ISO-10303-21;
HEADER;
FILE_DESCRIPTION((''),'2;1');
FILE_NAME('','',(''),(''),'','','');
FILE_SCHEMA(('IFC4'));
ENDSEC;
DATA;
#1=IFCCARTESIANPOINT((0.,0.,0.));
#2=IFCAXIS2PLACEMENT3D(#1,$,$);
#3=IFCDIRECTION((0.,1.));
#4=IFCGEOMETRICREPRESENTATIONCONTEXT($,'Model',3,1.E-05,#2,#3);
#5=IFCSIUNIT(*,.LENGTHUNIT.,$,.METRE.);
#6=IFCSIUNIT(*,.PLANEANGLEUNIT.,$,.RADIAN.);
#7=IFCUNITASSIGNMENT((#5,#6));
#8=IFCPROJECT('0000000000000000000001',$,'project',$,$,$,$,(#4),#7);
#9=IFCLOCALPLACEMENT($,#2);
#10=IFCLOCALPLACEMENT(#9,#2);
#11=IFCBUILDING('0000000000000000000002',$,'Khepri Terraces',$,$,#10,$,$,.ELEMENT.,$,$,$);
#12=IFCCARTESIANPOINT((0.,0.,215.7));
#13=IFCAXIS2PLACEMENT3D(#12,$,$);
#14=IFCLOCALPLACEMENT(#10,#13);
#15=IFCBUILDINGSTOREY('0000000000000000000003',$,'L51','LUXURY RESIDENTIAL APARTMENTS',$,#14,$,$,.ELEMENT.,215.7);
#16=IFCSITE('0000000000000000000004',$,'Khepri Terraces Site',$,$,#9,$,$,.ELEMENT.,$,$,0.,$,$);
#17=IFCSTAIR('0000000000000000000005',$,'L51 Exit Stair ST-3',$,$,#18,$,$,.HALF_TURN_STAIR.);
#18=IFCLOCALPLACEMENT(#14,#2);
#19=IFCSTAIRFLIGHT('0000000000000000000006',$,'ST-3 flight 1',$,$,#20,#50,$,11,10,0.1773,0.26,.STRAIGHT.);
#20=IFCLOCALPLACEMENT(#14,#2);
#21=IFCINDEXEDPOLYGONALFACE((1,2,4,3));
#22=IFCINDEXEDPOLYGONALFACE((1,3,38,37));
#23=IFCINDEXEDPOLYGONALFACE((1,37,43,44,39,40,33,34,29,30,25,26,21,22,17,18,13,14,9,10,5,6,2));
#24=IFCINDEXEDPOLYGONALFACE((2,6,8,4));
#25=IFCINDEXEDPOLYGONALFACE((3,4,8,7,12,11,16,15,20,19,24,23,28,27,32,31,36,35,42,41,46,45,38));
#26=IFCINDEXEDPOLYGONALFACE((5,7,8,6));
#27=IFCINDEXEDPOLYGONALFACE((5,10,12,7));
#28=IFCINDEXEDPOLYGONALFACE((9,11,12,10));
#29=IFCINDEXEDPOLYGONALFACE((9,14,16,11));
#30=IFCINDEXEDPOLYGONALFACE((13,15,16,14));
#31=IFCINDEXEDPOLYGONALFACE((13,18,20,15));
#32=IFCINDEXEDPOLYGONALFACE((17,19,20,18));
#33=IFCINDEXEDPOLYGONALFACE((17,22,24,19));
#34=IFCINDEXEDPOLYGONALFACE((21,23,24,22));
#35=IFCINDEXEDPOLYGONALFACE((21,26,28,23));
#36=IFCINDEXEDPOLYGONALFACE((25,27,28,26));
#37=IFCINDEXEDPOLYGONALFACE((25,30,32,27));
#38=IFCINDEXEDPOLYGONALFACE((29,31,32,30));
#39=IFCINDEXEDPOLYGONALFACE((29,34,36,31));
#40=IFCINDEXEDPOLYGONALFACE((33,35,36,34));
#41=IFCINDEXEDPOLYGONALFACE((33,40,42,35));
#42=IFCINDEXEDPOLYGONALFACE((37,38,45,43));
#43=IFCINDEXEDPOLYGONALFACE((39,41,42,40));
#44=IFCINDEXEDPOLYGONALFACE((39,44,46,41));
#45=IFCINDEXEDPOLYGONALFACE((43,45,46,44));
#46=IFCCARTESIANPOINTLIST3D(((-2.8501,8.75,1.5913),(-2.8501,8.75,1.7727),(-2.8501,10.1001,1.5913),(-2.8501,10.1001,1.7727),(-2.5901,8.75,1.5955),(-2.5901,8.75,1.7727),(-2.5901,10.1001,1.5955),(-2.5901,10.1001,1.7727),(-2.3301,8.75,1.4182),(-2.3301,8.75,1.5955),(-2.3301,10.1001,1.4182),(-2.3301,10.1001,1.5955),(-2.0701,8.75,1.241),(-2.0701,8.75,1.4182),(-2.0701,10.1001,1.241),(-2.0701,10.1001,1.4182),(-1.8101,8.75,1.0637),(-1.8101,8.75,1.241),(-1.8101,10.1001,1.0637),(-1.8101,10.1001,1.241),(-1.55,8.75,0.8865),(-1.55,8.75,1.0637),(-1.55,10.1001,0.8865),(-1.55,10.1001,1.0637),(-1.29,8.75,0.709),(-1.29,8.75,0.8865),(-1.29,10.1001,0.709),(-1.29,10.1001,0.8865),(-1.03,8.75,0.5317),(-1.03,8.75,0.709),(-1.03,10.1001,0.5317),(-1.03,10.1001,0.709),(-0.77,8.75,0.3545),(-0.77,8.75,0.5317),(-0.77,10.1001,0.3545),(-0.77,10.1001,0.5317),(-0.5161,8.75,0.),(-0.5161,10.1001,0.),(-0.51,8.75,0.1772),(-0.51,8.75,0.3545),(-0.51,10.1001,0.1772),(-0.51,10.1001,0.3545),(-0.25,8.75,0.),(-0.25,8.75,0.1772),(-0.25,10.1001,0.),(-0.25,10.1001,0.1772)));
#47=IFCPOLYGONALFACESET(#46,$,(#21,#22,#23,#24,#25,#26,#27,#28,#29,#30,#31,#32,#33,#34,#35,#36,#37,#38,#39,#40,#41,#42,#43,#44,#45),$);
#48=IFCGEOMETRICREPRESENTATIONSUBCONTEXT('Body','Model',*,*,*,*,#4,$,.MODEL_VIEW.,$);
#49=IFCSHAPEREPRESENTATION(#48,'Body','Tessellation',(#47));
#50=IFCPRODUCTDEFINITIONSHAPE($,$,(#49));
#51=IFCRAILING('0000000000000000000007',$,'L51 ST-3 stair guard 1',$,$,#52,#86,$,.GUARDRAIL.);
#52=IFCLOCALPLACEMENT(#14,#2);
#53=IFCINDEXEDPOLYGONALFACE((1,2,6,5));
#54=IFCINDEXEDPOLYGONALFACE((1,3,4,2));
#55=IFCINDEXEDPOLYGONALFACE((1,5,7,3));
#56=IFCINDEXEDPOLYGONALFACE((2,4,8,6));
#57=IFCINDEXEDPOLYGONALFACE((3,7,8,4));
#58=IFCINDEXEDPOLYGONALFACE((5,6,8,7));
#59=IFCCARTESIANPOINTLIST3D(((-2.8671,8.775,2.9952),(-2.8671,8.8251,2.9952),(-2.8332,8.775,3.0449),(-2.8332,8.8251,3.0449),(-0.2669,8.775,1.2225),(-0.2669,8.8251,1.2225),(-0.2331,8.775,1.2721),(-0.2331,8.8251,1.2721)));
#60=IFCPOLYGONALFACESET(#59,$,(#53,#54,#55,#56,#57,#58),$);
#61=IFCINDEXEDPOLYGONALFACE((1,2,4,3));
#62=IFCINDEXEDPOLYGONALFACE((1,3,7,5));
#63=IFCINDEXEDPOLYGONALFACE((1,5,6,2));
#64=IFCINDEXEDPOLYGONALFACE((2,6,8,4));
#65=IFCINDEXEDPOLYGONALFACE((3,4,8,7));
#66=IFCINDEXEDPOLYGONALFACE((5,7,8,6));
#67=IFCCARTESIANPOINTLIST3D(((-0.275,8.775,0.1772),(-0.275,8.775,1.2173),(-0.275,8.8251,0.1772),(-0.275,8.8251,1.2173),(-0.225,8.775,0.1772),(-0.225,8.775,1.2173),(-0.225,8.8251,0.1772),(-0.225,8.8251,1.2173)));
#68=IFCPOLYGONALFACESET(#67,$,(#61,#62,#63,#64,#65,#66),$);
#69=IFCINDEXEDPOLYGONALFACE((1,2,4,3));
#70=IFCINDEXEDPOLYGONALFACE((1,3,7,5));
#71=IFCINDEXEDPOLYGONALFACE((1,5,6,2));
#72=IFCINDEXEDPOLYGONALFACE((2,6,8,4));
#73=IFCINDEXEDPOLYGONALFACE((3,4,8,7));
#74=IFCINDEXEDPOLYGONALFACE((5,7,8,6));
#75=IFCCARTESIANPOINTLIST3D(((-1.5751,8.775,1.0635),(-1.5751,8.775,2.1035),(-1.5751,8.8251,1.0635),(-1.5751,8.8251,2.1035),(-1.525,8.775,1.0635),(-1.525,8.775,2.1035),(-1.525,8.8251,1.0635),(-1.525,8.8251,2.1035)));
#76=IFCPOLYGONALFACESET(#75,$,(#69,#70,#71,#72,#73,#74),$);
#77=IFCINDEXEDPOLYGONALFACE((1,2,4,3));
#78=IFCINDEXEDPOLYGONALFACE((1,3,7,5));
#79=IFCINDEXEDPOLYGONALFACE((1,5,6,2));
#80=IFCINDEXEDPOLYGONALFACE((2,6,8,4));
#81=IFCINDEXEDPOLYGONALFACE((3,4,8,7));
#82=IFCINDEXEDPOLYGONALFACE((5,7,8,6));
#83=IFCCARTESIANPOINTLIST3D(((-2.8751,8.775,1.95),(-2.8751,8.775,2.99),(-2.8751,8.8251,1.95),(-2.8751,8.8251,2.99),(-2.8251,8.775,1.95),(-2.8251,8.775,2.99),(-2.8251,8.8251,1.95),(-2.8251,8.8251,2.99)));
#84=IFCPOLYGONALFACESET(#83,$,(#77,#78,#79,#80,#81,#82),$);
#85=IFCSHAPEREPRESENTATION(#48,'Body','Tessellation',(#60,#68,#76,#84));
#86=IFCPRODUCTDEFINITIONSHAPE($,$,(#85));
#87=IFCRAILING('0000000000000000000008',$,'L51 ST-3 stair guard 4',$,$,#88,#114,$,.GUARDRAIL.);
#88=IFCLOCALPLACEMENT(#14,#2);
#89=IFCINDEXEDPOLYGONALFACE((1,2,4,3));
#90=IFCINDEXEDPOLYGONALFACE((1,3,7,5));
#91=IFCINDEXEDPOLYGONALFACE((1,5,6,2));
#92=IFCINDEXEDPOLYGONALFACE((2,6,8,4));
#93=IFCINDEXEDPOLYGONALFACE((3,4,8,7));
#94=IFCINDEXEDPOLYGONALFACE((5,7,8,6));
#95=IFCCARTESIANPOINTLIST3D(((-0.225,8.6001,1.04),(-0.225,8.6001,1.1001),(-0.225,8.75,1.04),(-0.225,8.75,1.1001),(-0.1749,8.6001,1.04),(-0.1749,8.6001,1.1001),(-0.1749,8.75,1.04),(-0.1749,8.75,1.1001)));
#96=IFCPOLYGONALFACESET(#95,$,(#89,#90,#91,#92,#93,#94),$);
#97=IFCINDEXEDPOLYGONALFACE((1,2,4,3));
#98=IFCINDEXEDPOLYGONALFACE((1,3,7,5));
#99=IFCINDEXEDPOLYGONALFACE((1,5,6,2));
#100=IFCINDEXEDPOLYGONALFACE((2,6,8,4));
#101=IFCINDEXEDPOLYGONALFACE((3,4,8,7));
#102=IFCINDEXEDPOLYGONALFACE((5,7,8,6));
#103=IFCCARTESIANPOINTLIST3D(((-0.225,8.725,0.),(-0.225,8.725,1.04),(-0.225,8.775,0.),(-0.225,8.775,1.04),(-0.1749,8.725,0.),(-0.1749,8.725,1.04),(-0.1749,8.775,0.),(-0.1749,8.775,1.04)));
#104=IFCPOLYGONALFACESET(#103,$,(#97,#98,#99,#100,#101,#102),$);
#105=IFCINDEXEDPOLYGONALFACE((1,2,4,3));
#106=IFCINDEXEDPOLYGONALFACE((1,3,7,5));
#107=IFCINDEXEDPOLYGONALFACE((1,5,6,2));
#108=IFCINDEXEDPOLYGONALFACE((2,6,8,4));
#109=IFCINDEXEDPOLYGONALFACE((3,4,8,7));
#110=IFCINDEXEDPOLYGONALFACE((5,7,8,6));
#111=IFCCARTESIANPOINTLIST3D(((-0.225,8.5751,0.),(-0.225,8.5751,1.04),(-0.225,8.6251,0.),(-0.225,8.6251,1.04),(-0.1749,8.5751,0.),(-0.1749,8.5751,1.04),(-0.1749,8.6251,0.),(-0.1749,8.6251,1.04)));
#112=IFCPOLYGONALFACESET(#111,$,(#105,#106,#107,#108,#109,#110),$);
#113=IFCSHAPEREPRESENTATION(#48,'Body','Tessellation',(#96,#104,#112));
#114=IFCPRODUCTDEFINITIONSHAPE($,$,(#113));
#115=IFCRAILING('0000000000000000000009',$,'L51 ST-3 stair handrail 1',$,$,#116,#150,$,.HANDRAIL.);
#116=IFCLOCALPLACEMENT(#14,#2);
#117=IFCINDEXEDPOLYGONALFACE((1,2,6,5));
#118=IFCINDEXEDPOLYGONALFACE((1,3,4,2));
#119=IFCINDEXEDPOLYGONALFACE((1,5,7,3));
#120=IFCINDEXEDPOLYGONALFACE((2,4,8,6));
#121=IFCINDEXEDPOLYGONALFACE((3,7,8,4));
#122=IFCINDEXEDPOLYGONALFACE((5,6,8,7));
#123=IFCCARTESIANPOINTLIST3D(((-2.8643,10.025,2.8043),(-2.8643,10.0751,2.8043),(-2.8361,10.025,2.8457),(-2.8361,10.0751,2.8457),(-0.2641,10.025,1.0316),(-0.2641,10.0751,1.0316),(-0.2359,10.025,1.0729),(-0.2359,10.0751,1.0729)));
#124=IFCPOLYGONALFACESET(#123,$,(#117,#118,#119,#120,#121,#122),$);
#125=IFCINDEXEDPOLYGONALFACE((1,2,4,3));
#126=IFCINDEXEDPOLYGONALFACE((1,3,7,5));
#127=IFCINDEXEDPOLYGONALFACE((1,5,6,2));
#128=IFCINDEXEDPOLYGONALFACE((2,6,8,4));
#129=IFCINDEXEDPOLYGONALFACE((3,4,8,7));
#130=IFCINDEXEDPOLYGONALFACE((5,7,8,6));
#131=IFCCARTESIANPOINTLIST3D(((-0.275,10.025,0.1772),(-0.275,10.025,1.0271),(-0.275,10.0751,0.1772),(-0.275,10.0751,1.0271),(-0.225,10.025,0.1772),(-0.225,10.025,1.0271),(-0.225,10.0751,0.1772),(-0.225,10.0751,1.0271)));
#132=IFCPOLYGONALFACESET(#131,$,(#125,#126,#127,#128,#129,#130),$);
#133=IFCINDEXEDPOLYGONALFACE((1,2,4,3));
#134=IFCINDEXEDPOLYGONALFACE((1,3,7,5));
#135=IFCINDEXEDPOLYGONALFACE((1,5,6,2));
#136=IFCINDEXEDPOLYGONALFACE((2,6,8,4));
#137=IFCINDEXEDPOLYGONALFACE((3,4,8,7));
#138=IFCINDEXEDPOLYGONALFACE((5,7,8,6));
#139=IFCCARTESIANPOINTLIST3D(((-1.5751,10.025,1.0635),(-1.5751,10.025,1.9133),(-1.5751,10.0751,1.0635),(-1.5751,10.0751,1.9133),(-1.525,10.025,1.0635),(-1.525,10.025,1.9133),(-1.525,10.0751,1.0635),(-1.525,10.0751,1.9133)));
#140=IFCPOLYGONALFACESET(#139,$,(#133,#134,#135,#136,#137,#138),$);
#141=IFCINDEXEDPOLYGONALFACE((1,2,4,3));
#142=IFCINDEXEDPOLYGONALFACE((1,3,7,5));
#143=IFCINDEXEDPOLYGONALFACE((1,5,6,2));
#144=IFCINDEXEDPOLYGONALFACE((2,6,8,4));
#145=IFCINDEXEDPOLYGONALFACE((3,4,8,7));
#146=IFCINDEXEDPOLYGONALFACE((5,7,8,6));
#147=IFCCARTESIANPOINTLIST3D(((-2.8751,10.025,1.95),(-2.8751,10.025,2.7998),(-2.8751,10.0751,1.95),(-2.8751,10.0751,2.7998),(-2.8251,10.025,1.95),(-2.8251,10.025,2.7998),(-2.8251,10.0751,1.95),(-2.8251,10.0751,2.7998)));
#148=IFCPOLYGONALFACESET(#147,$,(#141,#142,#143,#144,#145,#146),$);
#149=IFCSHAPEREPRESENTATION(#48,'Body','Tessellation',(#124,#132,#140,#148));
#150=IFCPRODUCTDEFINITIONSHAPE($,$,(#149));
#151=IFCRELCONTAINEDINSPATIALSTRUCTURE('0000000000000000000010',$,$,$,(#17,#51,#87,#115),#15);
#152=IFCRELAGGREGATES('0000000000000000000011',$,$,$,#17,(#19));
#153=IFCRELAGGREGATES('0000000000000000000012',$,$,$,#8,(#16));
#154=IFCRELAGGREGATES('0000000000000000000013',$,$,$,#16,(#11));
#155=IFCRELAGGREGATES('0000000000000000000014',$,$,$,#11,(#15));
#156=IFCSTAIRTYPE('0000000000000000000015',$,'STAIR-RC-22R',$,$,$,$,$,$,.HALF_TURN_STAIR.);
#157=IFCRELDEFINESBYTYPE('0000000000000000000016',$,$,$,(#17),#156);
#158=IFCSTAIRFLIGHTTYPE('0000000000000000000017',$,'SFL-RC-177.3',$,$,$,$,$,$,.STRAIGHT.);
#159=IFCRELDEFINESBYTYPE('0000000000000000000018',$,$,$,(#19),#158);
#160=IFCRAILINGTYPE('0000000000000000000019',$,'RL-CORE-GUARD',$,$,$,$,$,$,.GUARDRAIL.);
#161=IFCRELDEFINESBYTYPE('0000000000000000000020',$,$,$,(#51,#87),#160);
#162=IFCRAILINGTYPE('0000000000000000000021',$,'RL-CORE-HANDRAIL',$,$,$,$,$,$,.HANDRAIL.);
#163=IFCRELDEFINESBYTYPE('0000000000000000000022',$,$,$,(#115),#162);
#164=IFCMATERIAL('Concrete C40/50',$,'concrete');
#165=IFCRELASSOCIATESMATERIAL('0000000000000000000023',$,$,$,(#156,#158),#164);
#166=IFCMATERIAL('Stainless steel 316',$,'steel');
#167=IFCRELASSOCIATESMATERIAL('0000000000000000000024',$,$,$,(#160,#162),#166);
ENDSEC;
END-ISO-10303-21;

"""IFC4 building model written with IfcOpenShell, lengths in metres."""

from ifc_helpers import new_model, si_unit, direction, frame, origin, origin_2d, place, context, subcontext, project, spatial, polyline, rectangle, outline, extrude, material, type_object, element, aggregate, save


model = new_model("IFC4")

# Units and contexts
model_context = context("Model", 3, precision=1e-05, world=origin(), true_north=direction((0.0, 1.0)))
body_context = subcontext(model_context, "Body", "Model", "MODEL_VIEW")
ifc_project = project(units=[si_unit("LENGTHUNIT", "METRE"), si_unit("PLANEANGLEUNIT", "RADIAN")], contexts=[model_context])

# Site, building, storey
site_placement = place(None, origin())
site = spatial("IfcSite", under=ifc_project, at=site_placement, Name="Khepri Terraces Site", CompositionType="ELEMENT", RefElevation=0.0)
building_placement = place(site_placement, origin())
building = spatial("IfcBuilding", under=site, at=building_placement, Name="Khepri Terraces", CompositionType="ELEMENT")
storey_placement = place(building_placement, frame((0.0, 0.0, 215.7)))
storey = spatial("IfcBuildingStorey", under=building, at=storey_placement, Name="L51", Description="LUXURY RESIDENTIAL APARTMENTS", CompositionType="ELEMENT", Elevation=215.7)

# Stair, stair flight
ifc_material_1 = material(Name="Concrete C40/50", Category="concrete")
stair_type = type_object("IfcStairType", Name="STAIR-RC-22R", PredefinedType="HALF_TURN_STAIR", material=ifc_material_1)
stair_placement = place(storey_placement, origin())
stair = element("IfcStair", 1, at=stair_placement, inside=storey, type_object=stair_type, Name="L51 Exit Stair ST-3", PredefinedType="HALF_TURN_STAIR")
stair_flight_type = type_object("IfcStairFlightType", Name="SFL-RC-177.3", PredefinedType="STRAIGHT", material=ifc_material_1)
stair_flight_placement = place(storey_placement, frame((-0.25, 9.425, 0.0), z_axis=(0.0, 0.0, 1.0), x_axis=(-1.0, 0.0, 0.0)))
stair_flight = element("IfcStairFlight", 2, at=stair_flight_placement, type_object=stair_flight_type, Name="ST-3 flight 1", NumberOfRisers=11, NumberOfTreads=10, PredefinedType="STRAIGHT", RiserHeight=0.1773, TreadLength=0.26, context=body_context, shape_type="SweptSolid", body=[
    extrude(outline(polyline([(0.0, 0.0), (0.0, 0.1772), (0.26, 0.1772), (0.26, 0.3545), (0.52, 0.3545), (0.52, 0.5317), (0.78, 0.5317), (0.78, 0.709), (1.04, 0.709), (1.04, 0.8865), (1.3, 0.8865), (1.3, 1.0637), (1.5601, 1.0637), (1.5601, 1.241), (1.8201, 1.241), (1.8201, 1.4182), (2.0801, 1.4182), (2.0801, 1.5955), (2.3401, 1.5955), (2.3401, 1.7727), (2.6001, 1.7727), (2.6001, 1.95), (2.6001, 1.5913), (0.2661, 0.0), (0.0, 0.0)])), frame((0.0, 0.675, 0.0), z_axis=(0.0, -1.0, 0.0), x_axis=(1.0, 0.0, 0.0)), (0.0, 0.0, 1.0), 1.3501),
])
aggregate(stair, [stair_flight])

# Railings
ifc_material_2 = material(Name="Stainless steel 316", Category="steel")
railing_type_1 = type_object("IfcRailingType", Name="RL-CORE-GUARD", PredefinedType="GUARDRAIL", material=ifc_material_2)
railing_1_placement = place(storey_placement, frame((-0.25, 8.8, 0.1772)))
element("IfcRailing", 3, at=railing_1_placement, inside=storey, type_object=railing_type_1, Name="L51 ST-3 stair guard 1", PredefinedType="GUARDRAIL", context=body_context, shape_type="SweptSolid", body=[
    extrude(rectangle(XDim=0.05, YDim=0.0601, at=origin_2d()), frame((0.0, 0.0, 1.0701), z_axis=(-0.82624, 0.0, 0.563318), x_axis=(0.0, -1.0, 0.0)), (0.0, 0.0, 1.0), 3.147),
    extrude(rectangle(XDim=0.05, YDim=0.05, at=origin_2d()), origin(), (0.0, 0.0, 1.0), 1.04),
    extrude(rectangle(XDim=0.05, YDim=0.05, at=origin_2d()), frame((-1.3, 0.0, 0.8862)), (0.0, 0.0, 1.0), 1.04),
    extrude(rectangle(XDim=0.05, YDim=0.05, at=origin_2d()), frame((-2.6001, 0.0, 1.7727)), (0.0, 0.0, 1.0), 1.04),
])
railing_2_placement = place(storey_placement, frame((-0.2, 8.75, 0.0)))
element("IfcRailing", 4, at=railing_2_placement, inside=storey, type_object=railing_type_1, Name="L51 ST-3 stair guard 4", PredefinedType="GUARDRAIL", context=body_context, shape_type="SweptSolid", body=[
    extrude(rectangle(XDim=0.05, YDim=0.0601, at=origin_2d()), frame((0.0, 0.0, 1.0701), z_axis=(0.0, -1.0, 0.0), x_axis=(1.0, 0.0, 0.0)), (0.0, 0.0, 1.0), 0.1499),
    extrude(rectangle(XDim=0.05, YDim=0.05, at=origin_2d()), origin(), (0.0, 0.0, 1.0), 1.04),
    extrude(rectangle(XDim=0.05, YDim=0.05, at=origin_2d()), frame((0.0, -0.1499, 0.0)), (0.0, 0.0, 1.0), 1.04),
])
railing_type_2 = type_object("IfcRailingType", Name="RL-CORE-HANDRAIL", PredefinedType="HANDRAIL", material=ifc_material_2)
railing_3_placement = place(storey_placement, frame((-0.25, 10.05, 0.1772)))
element("IfcRailing", 5, at=railing_3_placement, inside=storey, type_object=railing_type_2, Name="L51 ST-3 stair handrail 1", PredefinedType="HANDRAIL", context=body_context, shape_type="SweptSolid", body=[
    extrude(rectangle(XDim=0.05, YDim=0.05, at=origin_2d()), frame((0.0, 0.0, 0.875), z_axis=(-0.82624, 0.0, 0.563318), x_axis=(0.0, -1.0, 0.0)), (0.0, 0.0, 1.0), 3.147),
    extrude(rectangle(XDim=0.05, YDim=0.05, at=origin_2d()), origin(), (0.0, 0.0, 1.0), 0.8499),
    extrude(rectangle(XDim=0.05, YDim=0.05, at=origin_2d()), frame((-1.3, 0.0, 0.8862)), (0.0, 0.0, 1.0), 0.8499),
    extrude(rectangle(XDim=0.05, YDim=0.05, at=origin_2d()), frame((-2.6001, 0.0, 1.7727)), (0.0, 0.0, 1.0), 0.8499),
])

save(model, "model.ifc")
